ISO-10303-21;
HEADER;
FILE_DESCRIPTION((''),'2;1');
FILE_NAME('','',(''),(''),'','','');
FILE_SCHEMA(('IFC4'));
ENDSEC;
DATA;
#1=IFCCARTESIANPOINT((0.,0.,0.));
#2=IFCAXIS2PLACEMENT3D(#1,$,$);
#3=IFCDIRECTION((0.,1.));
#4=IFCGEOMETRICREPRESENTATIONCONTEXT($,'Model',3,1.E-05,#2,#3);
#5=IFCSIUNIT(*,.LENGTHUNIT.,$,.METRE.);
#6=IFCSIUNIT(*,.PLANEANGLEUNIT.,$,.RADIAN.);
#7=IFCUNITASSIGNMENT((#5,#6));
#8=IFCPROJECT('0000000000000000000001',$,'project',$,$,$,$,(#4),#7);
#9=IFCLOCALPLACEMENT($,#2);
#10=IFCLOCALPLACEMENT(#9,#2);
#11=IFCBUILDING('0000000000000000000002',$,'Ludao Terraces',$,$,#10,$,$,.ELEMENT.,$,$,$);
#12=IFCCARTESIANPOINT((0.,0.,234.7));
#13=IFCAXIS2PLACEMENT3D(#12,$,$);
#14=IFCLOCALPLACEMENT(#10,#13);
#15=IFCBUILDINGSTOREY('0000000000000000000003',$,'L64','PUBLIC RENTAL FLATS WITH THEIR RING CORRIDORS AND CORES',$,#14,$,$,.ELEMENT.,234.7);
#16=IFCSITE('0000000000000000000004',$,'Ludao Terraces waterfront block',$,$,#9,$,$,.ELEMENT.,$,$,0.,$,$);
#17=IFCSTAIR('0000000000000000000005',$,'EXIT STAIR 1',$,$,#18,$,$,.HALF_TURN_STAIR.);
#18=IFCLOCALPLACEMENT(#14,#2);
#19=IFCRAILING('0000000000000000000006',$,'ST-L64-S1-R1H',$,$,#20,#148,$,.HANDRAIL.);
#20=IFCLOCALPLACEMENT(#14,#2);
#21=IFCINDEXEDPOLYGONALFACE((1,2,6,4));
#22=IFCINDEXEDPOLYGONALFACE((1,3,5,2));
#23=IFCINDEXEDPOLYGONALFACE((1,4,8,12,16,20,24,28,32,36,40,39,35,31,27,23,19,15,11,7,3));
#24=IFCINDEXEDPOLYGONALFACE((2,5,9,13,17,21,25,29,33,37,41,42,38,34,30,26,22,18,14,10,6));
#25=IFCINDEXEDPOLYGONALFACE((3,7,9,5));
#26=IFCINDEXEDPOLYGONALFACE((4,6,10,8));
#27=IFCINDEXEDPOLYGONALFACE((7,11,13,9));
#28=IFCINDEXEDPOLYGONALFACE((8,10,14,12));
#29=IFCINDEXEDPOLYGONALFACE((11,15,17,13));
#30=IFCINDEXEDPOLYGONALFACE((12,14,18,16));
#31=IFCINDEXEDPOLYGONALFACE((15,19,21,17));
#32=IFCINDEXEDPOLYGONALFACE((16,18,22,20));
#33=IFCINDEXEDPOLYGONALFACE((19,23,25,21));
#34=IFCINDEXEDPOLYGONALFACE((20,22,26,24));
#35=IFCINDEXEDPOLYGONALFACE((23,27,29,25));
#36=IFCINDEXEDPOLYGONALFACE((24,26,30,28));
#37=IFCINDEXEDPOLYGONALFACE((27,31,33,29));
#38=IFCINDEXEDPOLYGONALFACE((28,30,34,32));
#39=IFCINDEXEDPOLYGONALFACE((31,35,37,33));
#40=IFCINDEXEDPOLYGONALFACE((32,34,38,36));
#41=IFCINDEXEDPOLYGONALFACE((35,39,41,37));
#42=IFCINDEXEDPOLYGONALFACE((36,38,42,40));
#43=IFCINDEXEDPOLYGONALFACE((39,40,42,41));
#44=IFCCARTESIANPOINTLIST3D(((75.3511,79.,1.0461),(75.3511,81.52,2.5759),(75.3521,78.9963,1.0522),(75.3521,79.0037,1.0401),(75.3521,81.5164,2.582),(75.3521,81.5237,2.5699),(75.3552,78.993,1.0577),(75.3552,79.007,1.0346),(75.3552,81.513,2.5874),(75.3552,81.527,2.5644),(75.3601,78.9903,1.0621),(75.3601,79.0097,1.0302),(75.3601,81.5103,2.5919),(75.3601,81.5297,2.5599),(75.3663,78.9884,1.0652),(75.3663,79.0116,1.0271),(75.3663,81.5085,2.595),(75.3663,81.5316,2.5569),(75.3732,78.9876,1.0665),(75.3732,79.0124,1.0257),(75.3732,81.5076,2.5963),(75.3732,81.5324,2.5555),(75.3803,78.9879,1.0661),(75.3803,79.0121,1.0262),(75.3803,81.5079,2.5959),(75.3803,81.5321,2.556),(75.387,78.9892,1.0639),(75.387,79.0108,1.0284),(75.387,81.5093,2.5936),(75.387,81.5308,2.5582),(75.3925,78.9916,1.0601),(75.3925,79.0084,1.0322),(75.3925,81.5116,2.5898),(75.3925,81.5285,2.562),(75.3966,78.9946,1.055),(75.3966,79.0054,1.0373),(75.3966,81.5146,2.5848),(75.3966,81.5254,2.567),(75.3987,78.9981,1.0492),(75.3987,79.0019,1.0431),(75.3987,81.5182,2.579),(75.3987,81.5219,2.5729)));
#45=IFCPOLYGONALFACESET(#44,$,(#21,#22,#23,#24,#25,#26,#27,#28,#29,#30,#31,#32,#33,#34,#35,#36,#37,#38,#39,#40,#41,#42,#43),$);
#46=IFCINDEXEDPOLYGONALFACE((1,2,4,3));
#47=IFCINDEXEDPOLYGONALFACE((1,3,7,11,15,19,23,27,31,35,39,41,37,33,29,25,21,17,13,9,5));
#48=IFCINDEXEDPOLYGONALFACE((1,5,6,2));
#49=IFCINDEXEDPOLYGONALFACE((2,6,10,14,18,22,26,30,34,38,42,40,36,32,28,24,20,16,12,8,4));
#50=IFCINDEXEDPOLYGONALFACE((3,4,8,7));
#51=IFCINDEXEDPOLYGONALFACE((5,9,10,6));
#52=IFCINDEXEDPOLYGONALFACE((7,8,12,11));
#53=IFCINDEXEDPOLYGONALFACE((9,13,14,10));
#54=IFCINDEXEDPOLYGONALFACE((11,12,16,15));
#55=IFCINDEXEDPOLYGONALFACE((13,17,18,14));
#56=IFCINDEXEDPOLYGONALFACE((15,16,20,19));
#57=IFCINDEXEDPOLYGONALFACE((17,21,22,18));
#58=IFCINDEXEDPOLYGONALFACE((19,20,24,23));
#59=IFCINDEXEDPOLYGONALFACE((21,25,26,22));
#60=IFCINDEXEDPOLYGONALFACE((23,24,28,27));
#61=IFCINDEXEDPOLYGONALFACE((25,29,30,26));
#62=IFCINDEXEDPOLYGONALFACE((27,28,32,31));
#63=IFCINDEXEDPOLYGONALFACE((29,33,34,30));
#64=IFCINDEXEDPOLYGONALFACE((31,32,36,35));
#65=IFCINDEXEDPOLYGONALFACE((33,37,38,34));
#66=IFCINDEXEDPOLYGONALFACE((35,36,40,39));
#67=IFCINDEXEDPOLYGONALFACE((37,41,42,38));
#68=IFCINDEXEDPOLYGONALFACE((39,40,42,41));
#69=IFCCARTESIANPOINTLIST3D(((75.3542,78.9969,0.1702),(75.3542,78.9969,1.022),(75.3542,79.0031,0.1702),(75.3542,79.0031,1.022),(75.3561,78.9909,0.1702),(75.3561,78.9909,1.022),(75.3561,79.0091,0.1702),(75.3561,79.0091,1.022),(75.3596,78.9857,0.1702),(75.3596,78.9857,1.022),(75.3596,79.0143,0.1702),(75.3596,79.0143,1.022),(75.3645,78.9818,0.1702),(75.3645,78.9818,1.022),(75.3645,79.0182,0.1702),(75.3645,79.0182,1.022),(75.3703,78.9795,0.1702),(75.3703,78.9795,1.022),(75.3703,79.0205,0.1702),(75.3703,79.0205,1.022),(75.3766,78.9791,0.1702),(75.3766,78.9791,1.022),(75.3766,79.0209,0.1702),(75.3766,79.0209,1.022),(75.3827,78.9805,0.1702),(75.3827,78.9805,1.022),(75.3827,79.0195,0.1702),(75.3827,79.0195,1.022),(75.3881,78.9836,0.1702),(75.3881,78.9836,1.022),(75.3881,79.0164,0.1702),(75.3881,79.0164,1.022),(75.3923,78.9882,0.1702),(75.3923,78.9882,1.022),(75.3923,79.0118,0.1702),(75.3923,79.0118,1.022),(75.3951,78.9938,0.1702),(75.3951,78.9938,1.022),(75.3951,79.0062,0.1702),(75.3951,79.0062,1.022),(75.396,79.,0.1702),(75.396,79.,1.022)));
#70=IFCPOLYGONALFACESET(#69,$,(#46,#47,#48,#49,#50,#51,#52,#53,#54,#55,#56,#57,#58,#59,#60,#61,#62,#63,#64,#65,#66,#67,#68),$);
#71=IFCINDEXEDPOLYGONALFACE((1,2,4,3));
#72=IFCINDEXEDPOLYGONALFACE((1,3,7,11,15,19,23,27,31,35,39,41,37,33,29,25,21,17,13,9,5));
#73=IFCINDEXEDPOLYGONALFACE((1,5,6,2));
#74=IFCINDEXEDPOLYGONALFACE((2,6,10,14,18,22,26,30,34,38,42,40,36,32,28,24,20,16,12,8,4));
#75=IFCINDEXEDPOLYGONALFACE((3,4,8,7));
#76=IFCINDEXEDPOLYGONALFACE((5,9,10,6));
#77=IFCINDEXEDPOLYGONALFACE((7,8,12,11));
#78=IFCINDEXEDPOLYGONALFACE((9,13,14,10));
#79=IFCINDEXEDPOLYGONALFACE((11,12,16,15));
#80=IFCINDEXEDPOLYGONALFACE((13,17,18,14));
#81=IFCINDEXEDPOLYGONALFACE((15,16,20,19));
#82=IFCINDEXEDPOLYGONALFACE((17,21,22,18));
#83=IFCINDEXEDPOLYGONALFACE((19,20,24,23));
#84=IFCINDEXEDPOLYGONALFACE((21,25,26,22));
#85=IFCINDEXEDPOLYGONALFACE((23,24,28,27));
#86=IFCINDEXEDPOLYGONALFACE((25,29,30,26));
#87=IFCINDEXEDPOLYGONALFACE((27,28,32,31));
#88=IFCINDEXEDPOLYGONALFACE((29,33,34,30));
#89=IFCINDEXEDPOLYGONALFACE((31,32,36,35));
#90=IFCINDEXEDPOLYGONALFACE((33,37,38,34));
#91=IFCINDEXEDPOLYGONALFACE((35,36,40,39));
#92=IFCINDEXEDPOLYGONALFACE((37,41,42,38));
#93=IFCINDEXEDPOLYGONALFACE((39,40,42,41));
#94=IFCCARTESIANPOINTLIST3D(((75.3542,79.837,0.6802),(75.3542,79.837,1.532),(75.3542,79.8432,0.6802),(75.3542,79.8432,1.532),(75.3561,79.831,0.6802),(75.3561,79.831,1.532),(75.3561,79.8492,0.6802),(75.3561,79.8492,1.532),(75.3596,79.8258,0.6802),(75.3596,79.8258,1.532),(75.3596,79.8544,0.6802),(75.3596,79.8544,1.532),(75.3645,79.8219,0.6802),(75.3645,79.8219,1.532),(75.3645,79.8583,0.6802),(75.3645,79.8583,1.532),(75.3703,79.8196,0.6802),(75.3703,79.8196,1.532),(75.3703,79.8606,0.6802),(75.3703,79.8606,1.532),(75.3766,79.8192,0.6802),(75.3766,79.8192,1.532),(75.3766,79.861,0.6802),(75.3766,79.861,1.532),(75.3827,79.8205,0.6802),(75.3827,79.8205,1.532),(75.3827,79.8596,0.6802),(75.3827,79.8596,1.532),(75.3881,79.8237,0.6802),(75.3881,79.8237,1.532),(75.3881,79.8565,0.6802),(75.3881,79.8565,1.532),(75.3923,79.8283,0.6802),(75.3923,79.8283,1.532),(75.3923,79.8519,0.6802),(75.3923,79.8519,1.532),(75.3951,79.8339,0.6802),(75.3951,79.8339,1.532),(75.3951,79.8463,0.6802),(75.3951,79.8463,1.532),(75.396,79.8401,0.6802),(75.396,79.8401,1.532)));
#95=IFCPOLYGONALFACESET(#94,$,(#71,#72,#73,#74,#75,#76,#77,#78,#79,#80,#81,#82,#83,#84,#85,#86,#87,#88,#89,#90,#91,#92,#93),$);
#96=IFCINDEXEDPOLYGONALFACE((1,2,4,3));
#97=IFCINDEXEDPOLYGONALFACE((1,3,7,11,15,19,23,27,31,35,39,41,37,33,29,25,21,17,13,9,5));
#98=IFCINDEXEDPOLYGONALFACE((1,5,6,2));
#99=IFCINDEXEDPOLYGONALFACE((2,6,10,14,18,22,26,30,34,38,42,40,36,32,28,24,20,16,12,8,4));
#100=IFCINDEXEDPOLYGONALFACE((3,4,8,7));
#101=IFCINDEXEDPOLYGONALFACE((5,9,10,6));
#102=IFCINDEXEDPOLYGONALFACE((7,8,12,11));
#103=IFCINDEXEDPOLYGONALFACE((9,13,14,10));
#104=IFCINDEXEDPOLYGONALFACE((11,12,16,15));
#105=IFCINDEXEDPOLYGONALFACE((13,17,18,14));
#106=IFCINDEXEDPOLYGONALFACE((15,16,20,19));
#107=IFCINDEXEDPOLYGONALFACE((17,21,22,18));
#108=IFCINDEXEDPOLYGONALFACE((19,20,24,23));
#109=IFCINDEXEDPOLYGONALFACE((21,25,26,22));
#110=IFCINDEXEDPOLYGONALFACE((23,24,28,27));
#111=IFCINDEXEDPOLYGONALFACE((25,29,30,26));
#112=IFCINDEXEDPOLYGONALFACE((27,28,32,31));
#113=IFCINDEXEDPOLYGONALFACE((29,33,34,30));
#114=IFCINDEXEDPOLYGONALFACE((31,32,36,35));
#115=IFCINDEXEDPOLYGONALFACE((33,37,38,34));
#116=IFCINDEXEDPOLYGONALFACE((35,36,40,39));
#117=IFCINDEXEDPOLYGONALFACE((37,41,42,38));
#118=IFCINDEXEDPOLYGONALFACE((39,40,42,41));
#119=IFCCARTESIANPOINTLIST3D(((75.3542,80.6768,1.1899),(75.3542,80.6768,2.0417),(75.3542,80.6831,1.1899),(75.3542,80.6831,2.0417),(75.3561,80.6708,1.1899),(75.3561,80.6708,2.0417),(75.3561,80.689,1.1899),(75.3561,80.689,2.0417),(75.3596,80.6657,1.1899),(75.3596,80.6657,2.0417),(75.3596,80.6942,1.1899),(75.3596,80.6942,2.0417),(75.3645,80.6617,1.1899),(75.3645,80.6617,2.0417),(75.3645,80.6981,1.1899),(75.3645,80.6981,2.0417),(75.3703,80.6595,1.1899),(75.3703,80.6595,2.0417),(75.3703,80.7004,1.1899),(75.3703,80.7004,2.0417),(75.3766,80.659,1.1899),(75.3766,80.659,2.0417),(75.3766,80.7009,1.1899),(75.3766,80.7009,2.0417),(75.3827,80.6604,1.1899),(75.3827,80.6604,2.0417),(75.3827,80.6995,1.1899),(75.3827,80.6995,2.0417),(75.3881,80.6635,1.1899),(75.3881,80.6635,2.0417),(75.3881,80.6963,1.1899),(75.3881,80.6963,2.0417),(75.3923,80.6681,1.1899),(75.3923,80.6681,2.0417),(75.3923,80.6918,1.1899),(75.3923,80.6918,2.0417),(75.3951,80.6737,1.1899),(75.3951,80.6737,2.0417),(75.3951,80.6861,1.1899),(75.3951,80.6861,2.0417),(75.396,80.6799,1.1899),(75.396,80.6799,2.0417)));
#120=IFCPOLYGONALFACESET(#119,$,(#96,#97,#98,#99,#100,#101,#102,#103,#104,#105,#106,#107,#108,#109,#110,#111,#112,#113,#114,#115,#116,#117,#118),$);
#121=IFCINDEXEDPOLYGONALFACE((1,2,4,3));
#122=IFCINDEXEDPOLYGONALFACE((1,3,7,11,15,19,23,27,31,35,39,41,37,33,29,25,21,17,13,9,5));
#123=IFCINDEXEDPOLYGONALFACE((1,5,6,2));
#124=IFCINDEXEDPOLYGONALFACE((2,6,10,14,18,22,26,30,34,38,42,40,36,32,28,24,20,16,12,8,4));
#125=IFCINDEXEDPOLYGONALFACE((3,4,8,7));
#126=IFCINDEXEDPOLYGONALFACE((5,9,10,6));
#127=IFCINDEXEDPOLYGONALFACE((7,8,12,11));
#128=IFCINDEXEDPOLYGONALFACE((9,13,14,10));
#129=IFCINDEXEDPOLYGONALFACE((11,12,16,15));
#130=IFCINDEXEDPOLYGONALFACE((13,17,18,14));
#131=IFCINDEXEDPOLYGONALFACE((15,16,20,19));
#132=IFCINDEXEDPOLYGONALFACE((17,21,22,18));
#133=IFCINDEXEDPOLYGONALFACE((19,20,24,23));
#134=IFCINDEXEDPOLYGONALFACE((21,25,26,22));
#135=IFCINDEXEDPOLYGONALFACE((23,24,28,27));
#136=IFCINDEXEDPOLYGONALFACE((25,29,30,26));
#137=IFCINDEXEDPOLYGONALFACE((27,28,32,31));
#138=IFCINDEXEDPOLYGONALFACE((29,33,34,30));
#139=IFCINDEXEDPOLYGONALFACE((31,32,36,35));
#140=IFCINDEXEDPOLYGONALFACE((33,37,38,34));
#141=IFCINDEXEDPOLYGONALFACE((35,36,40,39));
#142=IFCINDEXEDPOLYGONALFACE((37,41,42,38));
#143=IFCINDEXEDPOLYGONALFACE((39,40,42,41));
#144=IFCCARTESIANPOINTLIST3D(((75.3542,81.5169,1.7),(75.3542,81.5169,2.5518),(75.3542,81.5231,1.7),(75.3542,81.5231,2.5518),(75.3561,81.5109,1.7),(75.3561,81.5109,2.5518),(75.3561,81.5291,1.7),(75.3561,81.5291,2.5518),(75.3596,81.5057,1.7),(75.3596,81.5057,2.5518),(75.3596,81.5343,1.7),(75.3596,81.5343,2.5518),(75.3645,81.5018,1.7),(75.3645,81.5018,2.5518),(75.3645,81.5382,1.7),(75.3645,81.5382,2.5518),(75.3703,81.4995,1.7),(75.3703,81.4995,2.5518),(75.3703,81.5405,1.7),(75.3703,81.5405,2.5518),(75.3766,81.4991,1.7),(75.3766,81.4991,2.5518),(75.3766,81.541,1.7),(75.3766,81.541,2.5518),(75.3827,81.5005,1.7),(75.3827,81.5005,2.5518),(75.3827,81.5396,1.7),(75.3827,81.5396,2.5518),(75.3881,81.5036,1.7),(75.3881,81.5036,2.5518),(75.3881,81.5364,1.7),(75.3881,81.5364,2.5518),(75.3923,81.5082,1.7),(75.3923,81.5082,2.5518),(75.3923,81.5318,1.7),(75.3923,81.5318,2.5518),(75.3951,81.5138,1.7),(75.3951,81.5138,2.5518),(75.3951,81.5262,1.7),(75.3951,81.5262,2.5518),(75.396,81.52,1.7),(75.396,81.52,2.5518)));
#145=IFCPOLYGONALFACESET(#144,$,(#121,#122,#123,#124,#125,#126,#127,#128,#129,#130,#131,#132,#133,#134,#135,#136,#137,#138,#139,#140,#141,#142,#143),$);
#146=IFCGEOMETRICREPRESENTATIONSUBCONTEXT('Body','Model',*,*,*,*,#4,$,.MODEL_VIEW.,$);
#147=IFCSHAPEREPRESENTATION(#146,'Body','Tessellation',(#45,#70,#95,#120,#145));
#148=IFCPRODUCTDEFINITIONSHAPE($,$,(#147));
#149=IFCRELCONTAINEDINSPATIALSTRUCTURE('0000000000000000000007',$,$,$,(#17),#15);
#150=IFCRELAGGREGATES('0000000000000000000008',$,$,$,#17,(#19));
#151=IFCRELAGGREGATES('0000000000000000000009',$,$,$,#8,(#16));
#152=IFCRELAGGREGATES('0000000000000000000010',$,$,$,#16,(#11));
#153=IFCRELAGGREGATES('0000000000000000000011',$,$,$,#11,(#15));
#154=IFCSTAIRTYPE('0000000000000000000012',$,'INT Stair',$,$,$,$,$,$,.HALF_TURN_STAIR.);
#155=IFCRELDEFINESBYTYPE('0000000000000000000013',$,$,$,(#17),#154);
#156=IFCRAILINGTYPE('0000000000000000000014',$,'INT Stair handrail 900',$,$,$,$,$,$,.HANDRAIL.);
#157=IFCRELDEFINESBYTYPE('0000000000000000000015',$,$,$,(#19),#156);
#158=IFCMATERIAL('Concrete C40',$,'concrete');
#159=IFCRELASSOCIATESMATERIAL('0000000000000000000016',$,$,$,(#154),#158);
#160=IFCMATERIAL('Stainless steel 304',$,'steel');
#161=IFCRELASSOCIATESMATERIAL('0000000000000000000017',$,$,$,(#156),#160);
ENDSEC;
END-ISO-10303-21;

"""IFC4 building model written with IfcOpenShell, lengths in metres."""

from ifc_helpers import new_model, si_unit, direction, frame, origin, origin_2d, place, context, subcontext, project, spatial, circle, extrude, material, type_object, element, aggregate, save


model = new_model("IFC4")

# Units and contexts
model_context = context("Model", 3, precision=1e-05, world=origin(), true_north=direction((0.0, 1.0)))
body_context = subcontext(model_context, "Body", "Model", "MODEL_VIEW")
ifc_project = project(units=[si_unit("LENGTHUNIT", "METRE"), si_unit("PLANEANGLEUNIT", "RADIAN")], contexts=[model_context])

# Site, building, storey
site_placement = place(None, origin())
site = spatial("IfcSite", under=ifc_project, at=site_placement, Name="Ludao Terraces waterfront block", CompositionType="ELEMENT", RefElevation=0.0)
building_placement = place(site_placement, origin())
building = spatial("IfcBuilding", under=site, at=building_placement, Name="Ludao Terraces", CompositionType="ELEMENT")
storey_placement = place(building_placement, frame((0.0, 0.0, 234.7)))
storey = spatial("IfcBuildingStorey", under=building, at=storey_placement, Name="L64", Description="PUBLIC RENTAL FLATS WITH THEIR RING CORRIDORS AND CORES", CompositionType="ELEMENT", Elevation=234.7)

# Shared definitions
ifc_material_1 = material(Name="Concrete C40", Category="concrete")

# Shared definitions
ifc_material_2 = material(Name="Stainless steel 304", Category="steel")

# Stair, railing
stair_type = type_object("IfcStairType", Name="INT Stair", PredefinedType="HALF_TURN_STAIR", material=ifc_material_1)
stair_placement = place(storey_placement, origin())
stair = element("IfcStair", 1, at=stair_placement, inside=storey, type_object=stair_type, Name="EXIT STAIR 1", PredefinedType="HALF_TURN_STAIR")
railing_type_1 = type_object("IfcRailingType", Name="INT Stair handrail 900", PredefinedType="HANDRAIL", material=ifc_material_2)
railing_1_placement = place(storey_placement, frame((75.375, 79.0, 0.1702)))
railing_1 = element("IfcRailing", 2, at=railing_1_placement, type_object=railing_type_1, Name="ST-L64-S1-R1H", PredefinedType="HANDRAIL", context=body_context, shape_type="SweptSolid", body=[
    extrude(circle(Radius=0.0239, at=origin_2d()), frame((0.0, 0.0, 0.876), z_axis=(0.0, 0.854822, 0.518922), x_axis=(-1.0, 0.0, 0.0)), (0.0, 0.0, 1.0), 2.948),
    extrude(circle(Radius=0.021, at=origin_2d()), origin(), (0.0, 0.0, 1.0), 0.8518),
    extrude(circle(Radius=0.021, at=origin_2d()), frame((0.0, 0.8401, 0.51)), (0.0, 0.0, 1.0), 0.8518),
    extrude(circle(Radius=0.021, at=origin_2d()), frame((0.0, 1.6799, 1.0198)), (0.0, 0.0, 1.0), 0.8518),
    extrude(circle(Radius=0.021, at=origin_2d()), frame((0.0, 2.52, 1.5298)), (0.0, 0.0, 1.0), 0.8518),
])
aggregate(stair, [railing_1])

save(model, "model.ifc")
